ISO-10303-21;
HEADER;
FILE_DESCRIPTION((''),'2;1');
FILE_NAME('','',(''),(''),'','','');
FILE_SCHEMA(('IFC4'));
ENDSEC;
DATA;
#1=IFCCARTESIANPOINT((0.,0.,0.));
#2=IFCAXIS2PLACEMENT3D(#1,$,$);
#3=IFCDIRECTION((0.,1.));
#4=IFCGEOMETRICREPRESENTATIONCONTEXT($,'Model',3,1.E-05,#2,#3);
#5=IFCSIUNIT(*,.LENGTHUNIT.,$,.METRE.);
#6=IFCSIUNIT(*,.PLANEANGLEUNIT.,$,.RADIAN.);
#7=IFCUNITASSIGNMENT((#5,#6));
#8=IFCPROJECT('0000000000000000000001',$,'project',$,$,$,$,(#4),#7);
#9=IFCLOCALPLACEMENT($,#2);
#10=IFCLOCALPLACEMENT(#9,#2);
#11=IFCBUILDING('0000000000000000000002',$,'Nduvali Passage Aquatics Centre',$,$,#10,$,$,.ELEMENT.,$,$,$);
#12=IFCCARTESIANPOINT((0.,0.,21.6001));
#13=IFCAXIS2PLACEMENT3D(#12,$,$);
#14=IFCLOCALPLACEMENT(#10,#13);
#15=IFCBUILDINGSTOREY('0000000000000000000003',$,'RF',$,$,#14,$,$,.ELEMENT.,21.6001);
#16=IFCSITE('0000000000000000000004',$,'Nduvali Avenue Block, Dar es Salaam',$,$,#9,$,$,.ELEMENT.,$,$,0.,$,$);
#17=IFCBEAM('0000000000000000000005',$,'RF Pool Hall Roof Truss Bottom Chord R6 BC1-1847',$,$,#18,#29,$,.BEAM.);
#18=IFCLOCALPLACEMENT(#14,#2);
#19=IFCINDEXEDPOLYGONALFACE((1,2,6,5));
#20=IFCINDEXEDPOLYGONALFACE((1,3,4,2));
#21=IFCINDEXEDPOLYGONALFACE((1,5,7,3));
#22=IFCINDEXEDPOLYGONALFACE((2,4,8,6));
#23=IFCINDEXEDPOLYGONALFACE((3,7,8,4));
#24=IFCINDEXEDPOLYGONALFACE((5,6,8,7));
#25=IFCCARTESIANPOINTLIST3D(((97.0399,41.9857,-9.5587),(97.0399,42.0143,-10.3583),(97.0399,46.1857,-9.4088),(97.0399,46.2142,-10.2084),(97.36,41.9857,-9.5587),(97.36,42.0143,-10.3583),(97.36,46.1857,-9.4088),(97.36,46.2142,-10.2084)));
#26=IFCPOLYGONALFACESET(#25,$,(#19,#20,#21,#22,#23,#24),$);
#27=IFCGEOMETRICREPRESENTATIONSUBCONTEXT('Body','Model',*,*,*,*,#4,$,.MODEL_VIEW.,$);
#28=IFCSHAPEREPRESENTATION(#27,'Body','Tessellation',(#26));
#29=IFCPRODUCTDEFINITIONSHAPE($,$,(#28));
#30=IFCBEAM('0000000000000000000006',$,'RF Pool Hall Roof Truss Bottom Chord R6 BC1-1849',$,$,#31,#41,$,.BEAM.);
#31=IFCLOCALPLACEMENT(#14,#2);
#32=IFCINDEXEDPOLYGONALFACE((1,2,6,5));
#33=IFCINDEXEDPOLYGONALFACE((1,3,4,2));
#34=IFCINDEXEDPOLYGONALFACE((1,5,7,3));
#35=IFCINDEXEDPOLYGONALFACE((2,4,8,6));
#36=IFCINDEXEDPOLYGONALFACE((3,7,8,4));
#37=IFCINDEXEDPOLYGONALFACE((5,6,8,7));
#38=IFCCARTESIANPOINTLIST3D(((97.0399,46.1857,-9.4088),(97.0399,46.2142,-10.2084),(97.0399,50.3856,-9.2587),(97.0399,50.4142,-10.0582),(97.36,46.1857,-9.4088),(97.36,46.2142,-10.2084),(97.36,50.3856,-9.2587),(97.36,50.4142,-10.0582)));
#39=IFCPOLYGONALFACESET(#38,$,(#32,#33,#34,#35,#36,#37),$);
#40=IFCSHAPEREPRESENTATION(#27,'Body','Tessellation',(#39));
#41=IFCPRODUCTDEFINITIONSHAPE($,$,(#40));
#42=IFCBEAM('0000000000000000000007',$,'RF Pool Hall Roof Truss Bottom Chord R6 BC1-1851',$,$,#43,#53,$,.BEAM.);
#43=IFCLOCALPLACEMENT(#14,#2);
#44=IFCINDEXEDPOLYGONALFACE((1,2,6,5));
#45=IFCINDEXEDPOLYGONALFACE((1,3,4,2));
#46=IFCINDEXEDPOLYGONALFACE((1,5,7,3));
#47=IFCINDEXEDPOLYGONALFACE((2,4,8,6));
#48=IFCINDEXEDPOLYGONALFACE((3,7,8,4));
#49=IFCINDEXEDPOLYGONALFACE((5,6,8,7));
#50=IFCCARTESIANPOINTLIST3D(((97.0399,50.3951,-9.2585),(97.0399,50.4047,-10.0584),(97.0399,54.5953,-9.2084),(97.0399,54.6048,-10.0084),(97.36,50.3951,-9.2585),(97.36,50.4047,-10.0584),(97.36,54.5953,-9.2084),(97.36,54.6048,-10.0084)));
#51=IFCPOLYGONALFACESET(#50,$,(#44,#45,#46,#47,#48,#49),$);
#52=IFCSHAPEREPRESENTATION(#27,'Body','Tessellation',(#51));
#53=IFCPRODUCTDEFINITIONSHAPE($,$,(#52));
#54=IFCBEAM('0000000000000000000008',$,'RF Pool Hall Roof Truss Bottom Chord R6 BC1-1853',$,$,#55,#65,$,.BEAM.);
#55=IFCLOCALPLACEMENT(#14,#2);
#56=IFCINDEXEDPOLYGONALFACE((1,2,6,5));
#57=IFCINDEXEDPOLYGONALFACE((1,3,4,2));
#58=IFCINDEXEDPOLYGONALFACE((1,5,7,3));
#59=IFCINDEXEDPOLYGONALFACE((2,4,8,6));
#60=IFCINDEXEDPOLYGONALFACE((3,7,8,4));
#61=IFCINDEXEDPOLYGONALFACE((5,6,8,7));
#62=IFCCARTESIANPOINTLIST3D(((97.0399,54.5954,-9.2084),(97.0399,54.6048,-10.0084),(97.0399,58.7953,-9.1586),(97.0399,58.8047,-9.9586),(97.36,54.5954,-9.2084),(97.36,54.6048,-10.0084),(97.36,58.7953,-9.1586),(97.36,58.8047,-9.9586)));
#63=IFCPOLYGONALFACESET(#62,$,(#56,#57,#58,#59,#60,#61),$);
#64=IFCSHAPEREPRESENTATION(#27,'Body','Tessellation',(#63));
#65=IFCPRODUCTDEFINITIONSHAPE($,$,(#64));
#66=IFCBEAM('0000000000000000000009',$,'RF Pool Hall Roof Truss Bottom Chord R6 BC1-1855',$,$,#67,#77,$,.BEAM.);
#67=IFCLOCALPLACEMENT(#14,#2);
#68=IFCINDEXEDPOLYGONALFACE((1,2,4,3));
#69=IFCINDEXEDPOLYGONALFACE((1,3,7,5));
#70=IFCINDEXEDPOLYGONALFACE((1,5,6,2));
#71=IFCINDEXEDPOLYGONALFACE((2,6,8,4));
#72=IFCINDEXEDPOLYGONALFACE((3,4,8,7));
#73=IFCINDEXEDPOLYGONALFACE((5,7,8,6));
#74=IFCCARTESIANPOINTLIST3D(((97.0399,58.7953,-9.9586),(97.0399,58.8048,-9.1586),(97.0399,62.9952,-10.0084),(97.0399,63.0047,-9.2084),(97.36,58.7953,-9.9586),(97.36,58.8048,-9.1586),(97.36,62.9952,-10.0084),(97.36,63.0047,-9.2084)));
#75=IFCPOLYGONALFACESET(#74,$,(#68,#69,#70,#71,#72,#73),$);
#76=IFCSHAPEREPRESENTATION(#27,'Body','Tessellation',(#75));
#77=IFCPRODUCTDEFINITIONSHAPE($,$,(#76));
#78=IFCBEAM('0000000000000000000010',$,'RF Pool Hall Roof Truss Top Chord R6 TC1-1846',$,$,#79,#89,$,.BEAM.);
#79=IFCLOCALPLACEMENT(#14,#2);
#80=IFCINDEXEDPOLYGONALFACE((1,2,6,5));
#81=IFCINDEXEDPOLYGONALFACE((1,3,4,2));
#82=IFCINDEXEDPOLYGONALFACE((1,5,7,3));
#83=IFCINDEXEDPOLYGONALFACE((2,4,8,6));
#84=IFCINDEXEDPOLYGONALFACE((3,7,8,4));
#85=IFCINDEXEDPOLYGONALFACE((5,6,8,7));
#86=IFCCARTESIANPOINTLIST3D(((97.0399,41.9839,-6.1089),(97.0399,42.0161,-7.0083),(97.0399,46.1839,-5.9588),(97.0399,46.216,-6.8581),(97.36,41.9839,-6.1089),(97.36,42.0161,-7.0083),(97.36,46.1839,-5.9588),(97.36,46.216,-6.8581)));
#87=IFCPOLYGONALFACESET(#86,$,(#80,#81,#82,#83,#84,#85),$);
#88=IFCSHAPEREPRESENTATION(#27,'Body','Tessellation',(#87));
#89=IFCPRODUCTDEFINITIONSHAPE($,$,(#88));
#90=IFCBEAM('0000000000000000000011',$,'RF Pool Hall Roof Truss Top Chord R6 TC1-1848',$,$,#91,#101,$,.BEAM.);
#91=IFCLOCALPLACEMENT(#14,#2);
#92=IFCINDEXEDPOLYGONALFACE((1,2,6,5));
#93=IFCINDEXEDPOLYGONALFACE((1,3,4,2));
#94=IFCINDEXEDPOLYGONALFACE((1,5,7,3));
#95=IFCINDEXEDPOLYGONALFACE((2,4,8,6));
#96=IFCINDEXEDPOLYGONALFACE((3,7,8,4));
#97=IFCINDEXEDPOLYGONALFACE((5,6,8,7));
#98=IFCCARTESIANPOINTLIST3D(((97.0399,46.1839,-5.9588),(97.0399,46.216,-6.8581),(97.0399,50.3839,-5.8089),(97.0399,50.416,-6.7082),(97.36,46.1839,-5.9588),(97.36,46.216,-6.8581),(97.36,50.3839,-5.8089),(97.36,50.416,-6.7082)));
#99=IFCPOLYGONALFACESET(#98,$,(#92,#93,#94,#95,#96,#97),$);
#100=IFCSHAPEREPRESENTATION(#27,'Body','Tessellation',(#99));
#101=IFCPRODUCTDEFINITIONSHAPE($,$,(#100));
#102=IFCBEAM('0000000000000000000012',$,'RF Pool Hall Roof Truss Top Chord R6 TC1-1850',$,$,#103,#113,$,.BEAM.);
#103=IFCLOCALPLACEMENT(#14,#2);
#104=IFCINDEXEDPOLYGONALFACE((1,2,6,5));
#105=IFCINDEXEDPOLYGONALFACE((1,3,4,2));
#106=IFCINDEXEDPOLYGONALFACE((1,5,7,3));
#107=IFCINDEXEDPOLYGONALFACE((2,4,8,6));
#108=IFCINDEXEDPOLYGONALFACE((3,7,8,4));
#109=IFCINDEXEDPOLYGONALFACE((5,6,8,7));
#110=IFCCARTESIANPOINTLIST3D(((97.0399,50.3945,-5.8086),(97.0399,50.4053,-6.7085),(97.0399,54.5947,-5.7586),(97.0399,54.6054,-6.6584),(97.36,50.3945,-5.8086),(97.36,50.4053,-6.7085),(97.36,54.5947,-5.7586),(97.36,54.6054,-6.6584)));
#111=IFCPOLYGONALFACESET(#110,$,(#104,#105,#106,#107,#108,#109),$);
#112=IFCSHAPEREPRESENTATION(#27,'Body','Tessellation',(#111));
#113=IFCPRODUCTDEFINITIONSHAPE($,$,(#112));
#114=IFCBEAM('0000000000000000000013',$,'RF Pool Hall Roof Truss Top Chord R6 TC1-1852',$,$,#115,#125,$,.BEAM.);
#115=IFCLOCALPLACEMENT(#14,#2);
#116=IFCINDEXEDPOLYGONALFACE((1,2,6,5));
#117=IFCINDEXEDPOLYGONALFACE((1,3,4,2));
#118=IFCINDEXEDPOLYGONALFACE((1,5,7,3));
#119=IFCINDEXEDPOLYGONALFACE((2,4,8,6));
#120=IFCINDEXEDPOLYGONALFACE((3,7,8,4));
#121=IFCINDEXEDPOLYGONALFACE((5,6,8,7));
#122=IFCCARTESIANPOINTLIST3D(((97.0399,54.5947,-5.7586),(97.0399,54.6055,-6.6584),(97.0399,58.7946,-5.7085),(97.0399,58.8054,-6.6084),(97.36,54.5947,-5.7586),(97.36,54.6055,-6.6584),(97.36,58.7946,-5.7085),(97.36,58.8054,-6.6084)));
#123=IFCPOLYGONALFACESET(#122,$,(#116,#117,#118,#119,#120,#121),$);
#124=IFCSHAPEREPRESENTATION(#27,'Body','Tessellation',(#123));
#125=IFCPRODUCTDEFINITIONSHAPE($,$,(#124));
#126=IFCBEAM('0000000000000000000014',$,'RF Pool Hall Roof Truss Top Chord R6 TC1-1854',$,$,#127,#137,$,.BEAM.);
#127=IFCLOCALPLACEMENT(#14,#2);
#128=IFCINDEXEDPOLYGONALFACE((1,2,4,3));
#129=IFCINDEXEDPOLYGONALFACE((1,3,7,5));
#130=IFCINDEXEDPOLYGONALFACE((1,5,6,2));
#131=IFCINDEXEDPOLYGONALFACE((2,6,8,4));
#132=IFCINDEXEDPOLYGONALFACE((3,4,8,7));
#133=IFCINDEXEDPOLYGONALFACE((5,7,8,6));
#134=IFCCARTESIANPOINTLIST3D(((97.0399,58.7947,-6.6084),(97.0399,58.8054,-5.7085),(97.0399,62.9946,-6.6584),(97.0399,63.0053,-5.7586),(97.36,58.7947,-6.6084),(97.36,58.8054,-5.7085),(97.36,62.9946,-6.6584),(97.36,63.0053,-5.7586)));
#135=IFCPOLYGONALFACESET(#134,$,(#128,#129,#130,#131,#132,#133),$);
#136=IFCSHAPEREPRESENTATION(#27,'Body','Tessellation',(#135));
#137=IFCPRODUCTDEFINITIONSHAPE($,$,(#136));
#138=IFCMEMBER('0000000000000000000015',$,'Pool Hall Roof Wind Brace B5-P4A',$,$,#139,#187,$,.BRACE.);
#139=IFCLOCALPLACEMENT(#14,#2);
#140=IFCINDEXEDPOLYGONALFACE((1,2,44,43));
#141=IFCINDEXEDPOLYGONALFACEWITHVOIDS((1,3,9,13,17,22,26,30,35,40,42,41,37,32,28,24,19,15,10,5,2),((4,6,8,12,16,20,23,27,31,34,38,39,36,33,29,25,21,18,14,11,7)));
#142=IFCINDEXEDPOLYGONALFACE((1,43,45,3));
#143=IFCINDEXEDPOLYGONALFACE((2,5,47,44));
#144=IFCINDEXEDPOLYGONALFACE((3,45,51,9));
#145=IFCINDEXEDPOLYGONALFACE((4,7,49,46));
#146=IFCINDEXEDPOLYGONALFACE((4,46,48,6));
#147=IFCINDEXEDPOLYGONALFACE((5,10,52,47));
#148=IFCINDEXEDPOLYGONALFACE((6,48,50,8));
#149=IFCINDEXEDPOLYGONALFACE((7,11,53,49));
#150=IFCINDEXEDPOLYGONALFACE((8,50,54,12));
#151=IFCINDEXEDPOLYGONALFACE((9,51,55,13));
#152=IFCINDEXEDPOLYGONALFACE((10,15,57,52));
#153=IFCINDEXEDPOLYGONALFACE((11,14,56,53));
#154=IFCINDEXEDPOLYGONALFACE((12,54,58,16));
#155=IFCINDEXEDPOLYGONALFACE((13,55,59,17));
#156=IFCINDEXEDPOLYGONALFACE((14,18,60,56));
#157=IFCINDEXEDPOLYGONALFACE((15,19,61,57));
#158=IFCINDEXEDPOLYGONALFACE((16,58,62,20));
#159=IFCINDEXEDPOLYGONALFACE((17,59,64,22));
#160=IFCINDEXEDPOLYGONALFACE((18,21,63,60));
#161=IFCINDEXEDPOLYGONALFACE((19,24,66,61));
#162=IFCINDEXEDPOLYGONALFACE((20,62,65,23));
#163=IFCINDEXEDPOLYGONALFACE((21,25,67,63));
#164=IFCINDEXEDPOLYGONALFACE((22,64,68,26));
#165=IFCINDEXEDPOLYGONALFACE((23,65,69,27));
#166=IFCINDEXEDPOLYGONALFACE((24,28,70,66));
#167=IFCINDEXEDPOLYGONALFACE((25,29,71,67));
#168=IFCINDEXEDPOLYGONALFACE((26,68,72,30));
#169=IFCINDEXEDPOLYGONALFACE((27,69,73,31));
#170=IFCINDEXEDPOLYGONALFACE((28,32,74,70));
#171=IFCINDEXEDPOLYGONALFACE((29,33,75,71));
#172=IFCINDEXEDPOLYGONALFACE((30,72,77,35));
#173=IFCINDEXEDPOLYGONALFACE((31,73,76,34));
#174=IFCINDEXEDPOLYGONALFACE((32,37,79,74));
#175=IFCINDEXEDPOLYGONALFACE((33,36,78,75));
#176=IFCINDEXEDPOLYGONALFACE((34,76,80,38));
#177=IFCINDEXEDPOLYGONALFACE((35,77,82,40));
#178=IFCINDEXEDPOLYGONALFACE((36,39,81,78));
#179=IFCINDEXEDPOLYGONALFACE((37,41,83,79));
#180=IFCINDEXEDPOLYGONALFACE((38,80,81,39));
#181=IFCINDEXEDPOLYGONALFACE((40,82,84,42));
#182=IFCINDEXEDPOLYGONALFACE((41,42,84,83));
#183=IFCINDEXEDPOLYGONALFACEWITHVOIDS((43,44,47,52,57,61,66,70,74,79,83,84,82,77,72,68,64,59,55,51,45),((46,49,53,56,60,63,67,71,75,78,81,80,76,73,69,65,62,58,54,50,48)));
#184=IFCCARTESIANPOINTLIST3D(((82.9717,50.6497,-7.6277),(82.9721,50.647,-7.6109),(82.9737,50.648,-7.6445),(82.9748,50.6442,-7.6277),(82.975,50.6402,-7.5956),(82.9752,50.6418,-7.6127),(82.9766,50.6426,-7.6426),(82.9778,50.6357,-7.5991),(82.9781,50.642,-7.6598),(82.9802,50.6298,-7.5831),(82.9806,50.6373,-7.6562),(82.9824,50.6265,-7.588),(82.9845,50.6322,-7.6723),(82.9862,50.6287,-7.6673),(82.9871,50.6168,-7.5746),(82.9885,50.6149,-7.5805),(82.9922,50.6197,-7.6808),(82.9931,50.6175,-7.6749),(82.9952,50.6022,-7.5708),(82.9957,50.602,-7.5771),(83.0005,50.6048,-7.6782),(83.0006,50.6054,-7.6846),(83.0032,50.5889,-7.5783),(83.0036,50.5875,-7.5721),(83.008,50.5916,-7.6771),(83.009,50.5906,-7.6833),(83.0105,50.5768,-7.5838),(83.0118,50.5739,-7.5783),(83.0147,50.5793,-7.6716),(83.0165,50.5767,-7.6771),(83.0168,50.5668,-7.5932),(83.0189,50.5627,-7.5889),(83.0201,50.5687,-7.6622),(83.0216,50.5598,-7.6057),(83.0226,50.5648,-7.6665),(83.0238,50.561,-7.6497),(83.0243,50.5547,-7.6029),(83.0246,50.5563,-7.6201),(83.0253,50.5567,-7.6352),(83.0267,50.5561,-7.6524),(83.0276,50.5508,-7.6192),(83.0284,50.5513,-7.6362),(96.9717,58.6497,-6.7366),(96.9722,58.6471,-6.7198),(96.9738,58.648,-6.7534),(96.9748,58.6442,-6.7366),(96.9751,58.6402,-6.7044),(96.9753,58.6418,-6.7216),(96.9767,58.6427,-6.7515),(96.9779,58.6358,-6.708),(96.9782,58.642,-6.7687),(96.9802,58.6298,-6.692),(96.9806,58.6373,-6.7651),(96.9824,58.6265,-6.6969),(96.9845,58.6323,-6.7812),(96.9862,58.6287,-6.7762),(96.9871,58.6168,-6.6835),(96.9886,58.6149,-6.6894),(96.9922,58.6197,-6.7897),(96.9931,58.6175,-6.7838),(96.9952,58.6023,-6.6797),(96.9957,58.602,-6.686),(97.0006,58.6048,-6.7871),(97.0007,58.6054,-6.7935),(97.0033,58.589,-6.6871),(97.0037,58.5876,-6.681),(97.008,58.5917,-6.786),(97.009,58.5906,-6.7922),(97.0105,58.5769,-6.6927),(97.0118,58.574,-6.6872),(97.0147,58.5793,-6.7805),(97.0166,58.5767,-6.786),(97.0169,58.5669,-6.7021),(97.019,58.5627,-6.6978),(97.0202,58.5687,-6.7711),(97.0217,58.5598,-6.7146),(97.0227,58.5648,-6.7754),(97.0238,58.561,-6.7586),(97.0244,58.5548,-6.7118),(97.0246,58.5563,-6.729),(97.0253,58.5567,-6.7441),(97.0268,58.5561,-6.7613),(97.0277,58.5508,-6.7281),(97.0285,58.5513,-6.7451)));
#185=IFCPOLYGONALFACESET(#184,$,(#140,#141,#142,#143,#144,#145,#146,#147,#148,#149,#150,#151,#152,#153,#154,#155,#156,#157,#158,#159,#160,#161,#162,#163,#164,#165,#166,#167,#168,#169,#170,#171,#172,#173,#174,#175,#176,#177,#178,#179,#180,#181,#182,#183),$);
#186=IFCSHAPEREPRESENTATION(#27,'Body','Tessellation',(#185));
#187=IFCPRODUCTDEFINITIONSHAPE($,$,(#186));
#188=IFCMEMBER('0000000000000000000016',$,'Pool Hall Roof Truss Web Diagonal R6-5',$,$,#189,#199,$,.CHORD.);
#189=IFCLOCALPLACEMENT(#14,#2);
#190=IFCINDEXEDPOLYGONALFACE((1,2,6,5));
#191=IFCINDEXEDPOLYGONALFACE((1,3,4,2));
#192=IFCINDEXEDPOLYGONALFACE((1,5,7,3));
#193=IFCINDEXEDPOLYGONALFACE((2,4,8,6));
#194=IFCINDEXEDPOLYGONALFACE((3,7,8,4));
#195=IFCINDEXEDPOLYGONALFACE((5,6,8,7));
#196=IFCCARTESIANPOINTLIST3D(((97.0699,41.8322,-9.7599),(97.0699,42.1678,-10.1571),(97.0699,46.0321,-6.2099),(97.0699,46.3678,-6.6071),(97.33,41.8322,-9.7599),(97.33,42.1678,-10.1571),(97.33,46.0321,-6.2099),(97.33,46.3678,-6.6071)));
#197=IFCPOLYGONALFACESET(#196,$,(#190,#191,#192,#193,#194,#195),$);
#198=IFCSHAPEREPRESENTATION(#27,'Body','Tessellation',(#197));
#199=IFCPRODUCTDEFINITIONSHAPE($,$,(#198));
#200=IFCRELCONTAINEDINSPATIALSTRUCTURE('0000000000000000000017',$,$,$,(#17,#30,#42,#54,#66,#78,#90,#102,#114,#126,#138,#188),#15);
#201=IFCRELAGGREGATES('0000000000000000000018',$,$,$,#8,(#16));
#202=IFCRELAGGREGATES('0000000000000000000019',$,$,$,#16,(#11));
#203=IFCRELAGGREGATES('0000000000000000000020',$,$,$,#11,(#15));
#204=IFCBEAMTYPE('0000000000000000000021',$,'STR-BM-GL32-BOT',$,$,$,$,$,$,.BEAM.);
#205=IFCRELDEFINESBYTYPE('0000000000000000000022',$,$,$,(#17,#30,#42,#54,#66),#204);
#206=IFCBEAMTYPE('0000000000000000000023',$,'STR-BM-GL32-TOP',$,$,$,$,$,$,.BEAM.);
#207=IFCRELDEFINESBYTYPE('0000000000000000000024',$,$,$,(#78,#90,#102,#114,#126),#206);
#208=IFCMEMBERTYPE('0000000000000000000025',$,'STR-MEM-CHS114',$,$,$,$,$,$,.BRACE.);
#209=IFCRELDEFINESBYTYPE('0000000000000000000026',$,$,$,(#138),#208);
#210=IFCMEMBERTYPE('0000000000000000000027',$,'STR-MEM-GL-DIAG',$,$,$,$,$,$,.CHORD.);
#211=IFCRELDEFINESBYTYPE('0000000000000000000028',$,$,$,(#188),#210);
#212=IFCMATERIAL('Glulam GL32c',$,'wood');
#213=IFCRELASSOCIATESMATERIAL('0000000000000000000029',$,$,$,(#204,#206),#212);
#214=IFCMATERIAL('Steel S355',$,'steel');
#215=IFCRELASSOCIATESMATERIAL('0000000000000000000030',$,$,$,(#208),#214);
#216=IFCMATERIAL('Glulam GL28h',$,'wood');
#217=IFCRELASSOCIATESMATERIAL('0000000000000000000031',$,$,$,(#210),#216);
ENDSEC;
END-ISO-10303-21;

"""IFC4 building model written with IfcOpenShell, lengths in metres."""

from ifc_helpers import new_model, si_unit, direction, frame, origin, origin_2d, place, context, subcontext, project, spatial, rectangle, hollow_circle, extrude, material, material_profile, profile_set, type_object, element, save


model = new_model("IFC4")

# Units and contexts
model_context = context("Model", 3, precision=1e-05, world=origin(), true_north=direction((0.0, 1.0)))
body_context = subcontext(model_context, "Body", "Model", "MODEL_VIEW")
ifc_project = project(units=[si_unit("LENGTHUNIT", "METRE"), si_unit("PLANEANGLEUNIT", "RADIAN")], contexts=[model_context])

# Site, building, storey
site_placement = place(None, origin())
site = spatial("IfcSite", under=ifc_project, at=site_placement, Name="Nduvali Avenue Block, Dar es Salaam", CompositionType="ELEMENT", RefElevation=0.0)
building_placement = place(site_placement, origin())
building = spatial("IfcBuilding", under=site, at=building_placement, Name="Nduvali Passage Aquatics Centre", CompositionType="ELEMENT")
storey_placement = place(building_placement, frame((0.0, 0.0, 21.6001)))
storey = spatial("IfcBuildingStorey", under=building, at=storey_placement, Name="RF", CompositionType="ELEMENT", Elevation=21.6001)

# Beams
ifc_material_1 = material(Name="Glulam GL32c", Category="wood")
ifc_material_profile_1 = material_profile(ifc_material_1, rectangle(XDim=0.3201, YDim=0.8, at=origin_2d()), Name="GL32c 320x800")
ifc_profile_set_1 = profile_set([ifc_material_profile_1], Name="Glulam GL32c")
beam_type_1 = type_object("IfcBeamType", Name="STR-BM-GL32-BOT", PredefinedType="BEAM", material=ifc_profile_set_1)
for number, where, z_axis, x_axis, name in (
    (1, (97.2, 42.0, -9.9585), (0.0, 0.999364, 0.035669), (-1.0, 0.0, 0.0), "RF Pool Hall Roof Truss Bottom Chord R6 BC1-1847"),
    (2, (97.2, 46.2, -9.8086), (0.0, 0.999362, 0.035727), (-1.0, 0.0, 0.0), "RF Pool Hall Roof Truss Bottom Chord R6 BC1-1849"),
):
    element("IfcBeam", number, at=place(storey_placement, frame(where, z_axis=z_axis, x_axis=x_axis)), inside=storey, type_object=beam_type_1, Name=name, PredefinedType="BEAM", context=body_context, shape_type="SweptSolid", body=[
        extrude(rectangle(XDim=0.3201, YDim=0.8, at=origin_2d()), origin(), (0.0, 0.0, 1.0), 4.2026),
    ])
beam_1_placement = place(storey_placement, frame((97.2, 50.3999, -9.6584), z_axis=(0.0, 0.999929, 0.011915), x_axis=(-1.0, 0.0, 0.0)))
element("IfcBeam", 3, at=beam_1_placement, inside=storey, type_object=beam_type_1, Name="RF Pool Hall Roof Truss Bottom Chord R6 BC1-1851", PredefinedType="BEAM", context=body_context, shape_type="SweptSolid", body=[
    extrude(rectangle(XDim=0.3201, YDim=0.8, at=origin_2d()), origin(), (0.0, 0.0, 1.0), 4.2004),
])
for number, where, z_axis, x_axis, name in (
    (4, (97.2, 54.6001, -9.6084), (0.0, 0.99993, 0.011858), (-1.0, 0.0, 0.0), "RF Pool Hall Roof Truss Bottom Chord R6 BC1-1853"),
    (5, (97.2, 58.8, -9.5586), (0.0, 0.99993, -0.011858), (-1.0, 0.0, 0.0), "RF Pool Hall Roof Truss Bottom Chord R6 BC1-1855"),
):
    element("IfcBeam", number, at=place(storey_placement, frame(where, z_axis=z_axis, x_axis=x_axis)), inside=storey, type_object=beam_type_1, Name=name, PredefinedType="BEAM", context=body_context, shape_type="SweptSolid", body=[
        extrude(rectangle(XDim=0.3201, YDim=0.8, at=origin_2d()), origin(), (0.0, 0.0, 1.0), 4.2002),
    ])
ifc_material_profile_2 = material_profile(ifc_material_1, rectangle(XDim=0.3201, YDim=0.8999, at=origin_2d()), Name="GL32c 320x900")
ifc_profile_set_2 = profile_set([ifc_material_profile_2], Name="Glulam GL32c")
beam_type_2 = type_object("IfcBeamType", Name="STR-BM-GL32-TOP", PredefinedType="BEAM", material=ifc_profile_set_2)
for number, where, z_axis, x_axis, name in (
    (6, (97.2, 42.0, -6.5586), (0.0, 0.999362, 0.035727), (-1.0, 0.0, 0.0), "RF Pool Hall Roof Truss Top Chord R6 TC1-1846"),
    (7, (97.2, 46.2, -6.4084), (0.0, 0.999364, 0.035669), (-1.0, 0.0, 0.0), "RF Pool Hall Roof Truss Top Chord R6 TC1-1848"),
):
    element("IfcBeam", number, at=place(storey_placement, frame(where, z_axis=z_axis, x_axis=x_axis)), inside=storey, type_object=beam_type_2, Name=name, PredefinedType="BEAM", context=body_context, shape_type="SweptSolid", body=[
        extrude(rectangle(XDim=0.3201, YDim=0.8999, at=origin_2d()), origin(), (0.0, 0.0, 1.0), 4.2026),
    ])
beam_2_placement = place(storey_placement, frame((97.2, 50.3999, -6.2585), z_axis=(0.0, 0.999929, 0.011915), x_axis=(-1.0, 0.0, 0.0)))
element("IfcBeam", 8, at=beam_2_placement, inside=storey, type_object=beam_type_2, Name="RF Pool Hall Roof Truss Top Chord R6 TC1-1850", PredefinedType="BEAM", context=body_context, shape_type="SweptSolid", body=[
    extrude(rectangle(XDim=0.3201, YDim=0.8999, at=origin_2d()), origin(), (0.0, 0.0, 1.0), 4.2004),
])
for number, where, z_axis, x_axis, name in (
    (9, (97.2, 54.6001, -6.2085), (0.0, 0.999929, 0.011916), (-1.0, 0.0, 0.0), "RF Pool Hall Roof Truss Top Chord R6 TC1-1852"),
    (10, (97.2, 58.8, -6.1584), (0.0, 0.999929, -0.011916), (-1.0, 0.0, 0.0), "RF Pool Hall Roof Truss Top Chord R6 TC1-1854"),
):
    element("IfcBeam", number, at=place(storey_placement, frame(where, z_axis=z_axis, x_axis=x_axis)), inside=storey, type_object=beam_type_2, Name=name, PredefinedType="BEAM", context=body_context, shape_type="SweptSolid", body=[
        extrude(rectangle(XDim=0.3201, YDim=0.8999, at=origin_2d()), origin(), (0.0, 0.0, 1.0), 4.2002),
    ])

# Members
ifc_material_2 = material(Name="Steel S355", Category="steel")
ifc_material_profile_3 = material_profile(ifc_material_2, hollow_circle(Radius=0.0571, WallThickness=0.0063, at=origin_2d()), Name="CHS 114.3x6.3")
ifc_profile_set_3 = profile_set([ifc_material_profile_3], Name="Steel S355")
member_type_1 = type_object("IfcMemberType", Name="STR-MEM-CHS114", PredefinedType="BRACE", material=ifc_profile_set_3)
member_1_placement = place(storey_placement, frame((83.0, 50.6001, -7.6277), z_axis=(0.86692, 0.495383, 0.05518), x_axis=(-0.496139, 0.868243, 0.0)))
element("IfcMember", 11, at=member_1_placement, inside=storey, type_object=member_type_1, Name="Pool Hall Roof Wind Brace B5-P4A", PredefinedType="BRACE", context=body_context, shape_type="SweptSolid", body=[
    extrude(hollow_circle(Radius=0.0571, WallThickness=0.0063, at=origin_2d()), origin(), (0.0, 0.0, 1.0), 16.1492),
])
ifc_material_3 = material(Name="Glulam GL28h", Category="wood")
ifc_material_profile_4 = material_profile(ifc_material_3, rectangle(XDim=0.26, YDim=0.52, at=origin_2d()), Name="GL28h 260x520")
ifc_profile_set_4 = profile_set([ifc_material_profile_4], Name="Glulam GL28h")
member_type_2 = type_object("IfcMemberType", Name="STR-MEM-GL-DIAG", PredefinedType="CHORD", material=ifc_profile_set_4)
member_2_placement = place(storey_placement, frame((97.2, 42.0, -9.9585), z_axis=(0.0, 0.763723, 0.645544), x_axis=(-1.0, 0.0, 0.0)))
element("IfcMember", 12, at=member_2_placement, inside=storey, type_object=member_type_2, Name="Pool Hall Roof Truss Web Diagonal R6-5", PredefinedType="CHORD", context=body_context, shape_type="SweptSolid", body=[
    extrude(rectangle(XDim=0.26, YDim=0.52, at=origin_2d()), origin(), (0.0, 0.0, 1.0), 5.4993),
])

save(model, "model.ifc")
